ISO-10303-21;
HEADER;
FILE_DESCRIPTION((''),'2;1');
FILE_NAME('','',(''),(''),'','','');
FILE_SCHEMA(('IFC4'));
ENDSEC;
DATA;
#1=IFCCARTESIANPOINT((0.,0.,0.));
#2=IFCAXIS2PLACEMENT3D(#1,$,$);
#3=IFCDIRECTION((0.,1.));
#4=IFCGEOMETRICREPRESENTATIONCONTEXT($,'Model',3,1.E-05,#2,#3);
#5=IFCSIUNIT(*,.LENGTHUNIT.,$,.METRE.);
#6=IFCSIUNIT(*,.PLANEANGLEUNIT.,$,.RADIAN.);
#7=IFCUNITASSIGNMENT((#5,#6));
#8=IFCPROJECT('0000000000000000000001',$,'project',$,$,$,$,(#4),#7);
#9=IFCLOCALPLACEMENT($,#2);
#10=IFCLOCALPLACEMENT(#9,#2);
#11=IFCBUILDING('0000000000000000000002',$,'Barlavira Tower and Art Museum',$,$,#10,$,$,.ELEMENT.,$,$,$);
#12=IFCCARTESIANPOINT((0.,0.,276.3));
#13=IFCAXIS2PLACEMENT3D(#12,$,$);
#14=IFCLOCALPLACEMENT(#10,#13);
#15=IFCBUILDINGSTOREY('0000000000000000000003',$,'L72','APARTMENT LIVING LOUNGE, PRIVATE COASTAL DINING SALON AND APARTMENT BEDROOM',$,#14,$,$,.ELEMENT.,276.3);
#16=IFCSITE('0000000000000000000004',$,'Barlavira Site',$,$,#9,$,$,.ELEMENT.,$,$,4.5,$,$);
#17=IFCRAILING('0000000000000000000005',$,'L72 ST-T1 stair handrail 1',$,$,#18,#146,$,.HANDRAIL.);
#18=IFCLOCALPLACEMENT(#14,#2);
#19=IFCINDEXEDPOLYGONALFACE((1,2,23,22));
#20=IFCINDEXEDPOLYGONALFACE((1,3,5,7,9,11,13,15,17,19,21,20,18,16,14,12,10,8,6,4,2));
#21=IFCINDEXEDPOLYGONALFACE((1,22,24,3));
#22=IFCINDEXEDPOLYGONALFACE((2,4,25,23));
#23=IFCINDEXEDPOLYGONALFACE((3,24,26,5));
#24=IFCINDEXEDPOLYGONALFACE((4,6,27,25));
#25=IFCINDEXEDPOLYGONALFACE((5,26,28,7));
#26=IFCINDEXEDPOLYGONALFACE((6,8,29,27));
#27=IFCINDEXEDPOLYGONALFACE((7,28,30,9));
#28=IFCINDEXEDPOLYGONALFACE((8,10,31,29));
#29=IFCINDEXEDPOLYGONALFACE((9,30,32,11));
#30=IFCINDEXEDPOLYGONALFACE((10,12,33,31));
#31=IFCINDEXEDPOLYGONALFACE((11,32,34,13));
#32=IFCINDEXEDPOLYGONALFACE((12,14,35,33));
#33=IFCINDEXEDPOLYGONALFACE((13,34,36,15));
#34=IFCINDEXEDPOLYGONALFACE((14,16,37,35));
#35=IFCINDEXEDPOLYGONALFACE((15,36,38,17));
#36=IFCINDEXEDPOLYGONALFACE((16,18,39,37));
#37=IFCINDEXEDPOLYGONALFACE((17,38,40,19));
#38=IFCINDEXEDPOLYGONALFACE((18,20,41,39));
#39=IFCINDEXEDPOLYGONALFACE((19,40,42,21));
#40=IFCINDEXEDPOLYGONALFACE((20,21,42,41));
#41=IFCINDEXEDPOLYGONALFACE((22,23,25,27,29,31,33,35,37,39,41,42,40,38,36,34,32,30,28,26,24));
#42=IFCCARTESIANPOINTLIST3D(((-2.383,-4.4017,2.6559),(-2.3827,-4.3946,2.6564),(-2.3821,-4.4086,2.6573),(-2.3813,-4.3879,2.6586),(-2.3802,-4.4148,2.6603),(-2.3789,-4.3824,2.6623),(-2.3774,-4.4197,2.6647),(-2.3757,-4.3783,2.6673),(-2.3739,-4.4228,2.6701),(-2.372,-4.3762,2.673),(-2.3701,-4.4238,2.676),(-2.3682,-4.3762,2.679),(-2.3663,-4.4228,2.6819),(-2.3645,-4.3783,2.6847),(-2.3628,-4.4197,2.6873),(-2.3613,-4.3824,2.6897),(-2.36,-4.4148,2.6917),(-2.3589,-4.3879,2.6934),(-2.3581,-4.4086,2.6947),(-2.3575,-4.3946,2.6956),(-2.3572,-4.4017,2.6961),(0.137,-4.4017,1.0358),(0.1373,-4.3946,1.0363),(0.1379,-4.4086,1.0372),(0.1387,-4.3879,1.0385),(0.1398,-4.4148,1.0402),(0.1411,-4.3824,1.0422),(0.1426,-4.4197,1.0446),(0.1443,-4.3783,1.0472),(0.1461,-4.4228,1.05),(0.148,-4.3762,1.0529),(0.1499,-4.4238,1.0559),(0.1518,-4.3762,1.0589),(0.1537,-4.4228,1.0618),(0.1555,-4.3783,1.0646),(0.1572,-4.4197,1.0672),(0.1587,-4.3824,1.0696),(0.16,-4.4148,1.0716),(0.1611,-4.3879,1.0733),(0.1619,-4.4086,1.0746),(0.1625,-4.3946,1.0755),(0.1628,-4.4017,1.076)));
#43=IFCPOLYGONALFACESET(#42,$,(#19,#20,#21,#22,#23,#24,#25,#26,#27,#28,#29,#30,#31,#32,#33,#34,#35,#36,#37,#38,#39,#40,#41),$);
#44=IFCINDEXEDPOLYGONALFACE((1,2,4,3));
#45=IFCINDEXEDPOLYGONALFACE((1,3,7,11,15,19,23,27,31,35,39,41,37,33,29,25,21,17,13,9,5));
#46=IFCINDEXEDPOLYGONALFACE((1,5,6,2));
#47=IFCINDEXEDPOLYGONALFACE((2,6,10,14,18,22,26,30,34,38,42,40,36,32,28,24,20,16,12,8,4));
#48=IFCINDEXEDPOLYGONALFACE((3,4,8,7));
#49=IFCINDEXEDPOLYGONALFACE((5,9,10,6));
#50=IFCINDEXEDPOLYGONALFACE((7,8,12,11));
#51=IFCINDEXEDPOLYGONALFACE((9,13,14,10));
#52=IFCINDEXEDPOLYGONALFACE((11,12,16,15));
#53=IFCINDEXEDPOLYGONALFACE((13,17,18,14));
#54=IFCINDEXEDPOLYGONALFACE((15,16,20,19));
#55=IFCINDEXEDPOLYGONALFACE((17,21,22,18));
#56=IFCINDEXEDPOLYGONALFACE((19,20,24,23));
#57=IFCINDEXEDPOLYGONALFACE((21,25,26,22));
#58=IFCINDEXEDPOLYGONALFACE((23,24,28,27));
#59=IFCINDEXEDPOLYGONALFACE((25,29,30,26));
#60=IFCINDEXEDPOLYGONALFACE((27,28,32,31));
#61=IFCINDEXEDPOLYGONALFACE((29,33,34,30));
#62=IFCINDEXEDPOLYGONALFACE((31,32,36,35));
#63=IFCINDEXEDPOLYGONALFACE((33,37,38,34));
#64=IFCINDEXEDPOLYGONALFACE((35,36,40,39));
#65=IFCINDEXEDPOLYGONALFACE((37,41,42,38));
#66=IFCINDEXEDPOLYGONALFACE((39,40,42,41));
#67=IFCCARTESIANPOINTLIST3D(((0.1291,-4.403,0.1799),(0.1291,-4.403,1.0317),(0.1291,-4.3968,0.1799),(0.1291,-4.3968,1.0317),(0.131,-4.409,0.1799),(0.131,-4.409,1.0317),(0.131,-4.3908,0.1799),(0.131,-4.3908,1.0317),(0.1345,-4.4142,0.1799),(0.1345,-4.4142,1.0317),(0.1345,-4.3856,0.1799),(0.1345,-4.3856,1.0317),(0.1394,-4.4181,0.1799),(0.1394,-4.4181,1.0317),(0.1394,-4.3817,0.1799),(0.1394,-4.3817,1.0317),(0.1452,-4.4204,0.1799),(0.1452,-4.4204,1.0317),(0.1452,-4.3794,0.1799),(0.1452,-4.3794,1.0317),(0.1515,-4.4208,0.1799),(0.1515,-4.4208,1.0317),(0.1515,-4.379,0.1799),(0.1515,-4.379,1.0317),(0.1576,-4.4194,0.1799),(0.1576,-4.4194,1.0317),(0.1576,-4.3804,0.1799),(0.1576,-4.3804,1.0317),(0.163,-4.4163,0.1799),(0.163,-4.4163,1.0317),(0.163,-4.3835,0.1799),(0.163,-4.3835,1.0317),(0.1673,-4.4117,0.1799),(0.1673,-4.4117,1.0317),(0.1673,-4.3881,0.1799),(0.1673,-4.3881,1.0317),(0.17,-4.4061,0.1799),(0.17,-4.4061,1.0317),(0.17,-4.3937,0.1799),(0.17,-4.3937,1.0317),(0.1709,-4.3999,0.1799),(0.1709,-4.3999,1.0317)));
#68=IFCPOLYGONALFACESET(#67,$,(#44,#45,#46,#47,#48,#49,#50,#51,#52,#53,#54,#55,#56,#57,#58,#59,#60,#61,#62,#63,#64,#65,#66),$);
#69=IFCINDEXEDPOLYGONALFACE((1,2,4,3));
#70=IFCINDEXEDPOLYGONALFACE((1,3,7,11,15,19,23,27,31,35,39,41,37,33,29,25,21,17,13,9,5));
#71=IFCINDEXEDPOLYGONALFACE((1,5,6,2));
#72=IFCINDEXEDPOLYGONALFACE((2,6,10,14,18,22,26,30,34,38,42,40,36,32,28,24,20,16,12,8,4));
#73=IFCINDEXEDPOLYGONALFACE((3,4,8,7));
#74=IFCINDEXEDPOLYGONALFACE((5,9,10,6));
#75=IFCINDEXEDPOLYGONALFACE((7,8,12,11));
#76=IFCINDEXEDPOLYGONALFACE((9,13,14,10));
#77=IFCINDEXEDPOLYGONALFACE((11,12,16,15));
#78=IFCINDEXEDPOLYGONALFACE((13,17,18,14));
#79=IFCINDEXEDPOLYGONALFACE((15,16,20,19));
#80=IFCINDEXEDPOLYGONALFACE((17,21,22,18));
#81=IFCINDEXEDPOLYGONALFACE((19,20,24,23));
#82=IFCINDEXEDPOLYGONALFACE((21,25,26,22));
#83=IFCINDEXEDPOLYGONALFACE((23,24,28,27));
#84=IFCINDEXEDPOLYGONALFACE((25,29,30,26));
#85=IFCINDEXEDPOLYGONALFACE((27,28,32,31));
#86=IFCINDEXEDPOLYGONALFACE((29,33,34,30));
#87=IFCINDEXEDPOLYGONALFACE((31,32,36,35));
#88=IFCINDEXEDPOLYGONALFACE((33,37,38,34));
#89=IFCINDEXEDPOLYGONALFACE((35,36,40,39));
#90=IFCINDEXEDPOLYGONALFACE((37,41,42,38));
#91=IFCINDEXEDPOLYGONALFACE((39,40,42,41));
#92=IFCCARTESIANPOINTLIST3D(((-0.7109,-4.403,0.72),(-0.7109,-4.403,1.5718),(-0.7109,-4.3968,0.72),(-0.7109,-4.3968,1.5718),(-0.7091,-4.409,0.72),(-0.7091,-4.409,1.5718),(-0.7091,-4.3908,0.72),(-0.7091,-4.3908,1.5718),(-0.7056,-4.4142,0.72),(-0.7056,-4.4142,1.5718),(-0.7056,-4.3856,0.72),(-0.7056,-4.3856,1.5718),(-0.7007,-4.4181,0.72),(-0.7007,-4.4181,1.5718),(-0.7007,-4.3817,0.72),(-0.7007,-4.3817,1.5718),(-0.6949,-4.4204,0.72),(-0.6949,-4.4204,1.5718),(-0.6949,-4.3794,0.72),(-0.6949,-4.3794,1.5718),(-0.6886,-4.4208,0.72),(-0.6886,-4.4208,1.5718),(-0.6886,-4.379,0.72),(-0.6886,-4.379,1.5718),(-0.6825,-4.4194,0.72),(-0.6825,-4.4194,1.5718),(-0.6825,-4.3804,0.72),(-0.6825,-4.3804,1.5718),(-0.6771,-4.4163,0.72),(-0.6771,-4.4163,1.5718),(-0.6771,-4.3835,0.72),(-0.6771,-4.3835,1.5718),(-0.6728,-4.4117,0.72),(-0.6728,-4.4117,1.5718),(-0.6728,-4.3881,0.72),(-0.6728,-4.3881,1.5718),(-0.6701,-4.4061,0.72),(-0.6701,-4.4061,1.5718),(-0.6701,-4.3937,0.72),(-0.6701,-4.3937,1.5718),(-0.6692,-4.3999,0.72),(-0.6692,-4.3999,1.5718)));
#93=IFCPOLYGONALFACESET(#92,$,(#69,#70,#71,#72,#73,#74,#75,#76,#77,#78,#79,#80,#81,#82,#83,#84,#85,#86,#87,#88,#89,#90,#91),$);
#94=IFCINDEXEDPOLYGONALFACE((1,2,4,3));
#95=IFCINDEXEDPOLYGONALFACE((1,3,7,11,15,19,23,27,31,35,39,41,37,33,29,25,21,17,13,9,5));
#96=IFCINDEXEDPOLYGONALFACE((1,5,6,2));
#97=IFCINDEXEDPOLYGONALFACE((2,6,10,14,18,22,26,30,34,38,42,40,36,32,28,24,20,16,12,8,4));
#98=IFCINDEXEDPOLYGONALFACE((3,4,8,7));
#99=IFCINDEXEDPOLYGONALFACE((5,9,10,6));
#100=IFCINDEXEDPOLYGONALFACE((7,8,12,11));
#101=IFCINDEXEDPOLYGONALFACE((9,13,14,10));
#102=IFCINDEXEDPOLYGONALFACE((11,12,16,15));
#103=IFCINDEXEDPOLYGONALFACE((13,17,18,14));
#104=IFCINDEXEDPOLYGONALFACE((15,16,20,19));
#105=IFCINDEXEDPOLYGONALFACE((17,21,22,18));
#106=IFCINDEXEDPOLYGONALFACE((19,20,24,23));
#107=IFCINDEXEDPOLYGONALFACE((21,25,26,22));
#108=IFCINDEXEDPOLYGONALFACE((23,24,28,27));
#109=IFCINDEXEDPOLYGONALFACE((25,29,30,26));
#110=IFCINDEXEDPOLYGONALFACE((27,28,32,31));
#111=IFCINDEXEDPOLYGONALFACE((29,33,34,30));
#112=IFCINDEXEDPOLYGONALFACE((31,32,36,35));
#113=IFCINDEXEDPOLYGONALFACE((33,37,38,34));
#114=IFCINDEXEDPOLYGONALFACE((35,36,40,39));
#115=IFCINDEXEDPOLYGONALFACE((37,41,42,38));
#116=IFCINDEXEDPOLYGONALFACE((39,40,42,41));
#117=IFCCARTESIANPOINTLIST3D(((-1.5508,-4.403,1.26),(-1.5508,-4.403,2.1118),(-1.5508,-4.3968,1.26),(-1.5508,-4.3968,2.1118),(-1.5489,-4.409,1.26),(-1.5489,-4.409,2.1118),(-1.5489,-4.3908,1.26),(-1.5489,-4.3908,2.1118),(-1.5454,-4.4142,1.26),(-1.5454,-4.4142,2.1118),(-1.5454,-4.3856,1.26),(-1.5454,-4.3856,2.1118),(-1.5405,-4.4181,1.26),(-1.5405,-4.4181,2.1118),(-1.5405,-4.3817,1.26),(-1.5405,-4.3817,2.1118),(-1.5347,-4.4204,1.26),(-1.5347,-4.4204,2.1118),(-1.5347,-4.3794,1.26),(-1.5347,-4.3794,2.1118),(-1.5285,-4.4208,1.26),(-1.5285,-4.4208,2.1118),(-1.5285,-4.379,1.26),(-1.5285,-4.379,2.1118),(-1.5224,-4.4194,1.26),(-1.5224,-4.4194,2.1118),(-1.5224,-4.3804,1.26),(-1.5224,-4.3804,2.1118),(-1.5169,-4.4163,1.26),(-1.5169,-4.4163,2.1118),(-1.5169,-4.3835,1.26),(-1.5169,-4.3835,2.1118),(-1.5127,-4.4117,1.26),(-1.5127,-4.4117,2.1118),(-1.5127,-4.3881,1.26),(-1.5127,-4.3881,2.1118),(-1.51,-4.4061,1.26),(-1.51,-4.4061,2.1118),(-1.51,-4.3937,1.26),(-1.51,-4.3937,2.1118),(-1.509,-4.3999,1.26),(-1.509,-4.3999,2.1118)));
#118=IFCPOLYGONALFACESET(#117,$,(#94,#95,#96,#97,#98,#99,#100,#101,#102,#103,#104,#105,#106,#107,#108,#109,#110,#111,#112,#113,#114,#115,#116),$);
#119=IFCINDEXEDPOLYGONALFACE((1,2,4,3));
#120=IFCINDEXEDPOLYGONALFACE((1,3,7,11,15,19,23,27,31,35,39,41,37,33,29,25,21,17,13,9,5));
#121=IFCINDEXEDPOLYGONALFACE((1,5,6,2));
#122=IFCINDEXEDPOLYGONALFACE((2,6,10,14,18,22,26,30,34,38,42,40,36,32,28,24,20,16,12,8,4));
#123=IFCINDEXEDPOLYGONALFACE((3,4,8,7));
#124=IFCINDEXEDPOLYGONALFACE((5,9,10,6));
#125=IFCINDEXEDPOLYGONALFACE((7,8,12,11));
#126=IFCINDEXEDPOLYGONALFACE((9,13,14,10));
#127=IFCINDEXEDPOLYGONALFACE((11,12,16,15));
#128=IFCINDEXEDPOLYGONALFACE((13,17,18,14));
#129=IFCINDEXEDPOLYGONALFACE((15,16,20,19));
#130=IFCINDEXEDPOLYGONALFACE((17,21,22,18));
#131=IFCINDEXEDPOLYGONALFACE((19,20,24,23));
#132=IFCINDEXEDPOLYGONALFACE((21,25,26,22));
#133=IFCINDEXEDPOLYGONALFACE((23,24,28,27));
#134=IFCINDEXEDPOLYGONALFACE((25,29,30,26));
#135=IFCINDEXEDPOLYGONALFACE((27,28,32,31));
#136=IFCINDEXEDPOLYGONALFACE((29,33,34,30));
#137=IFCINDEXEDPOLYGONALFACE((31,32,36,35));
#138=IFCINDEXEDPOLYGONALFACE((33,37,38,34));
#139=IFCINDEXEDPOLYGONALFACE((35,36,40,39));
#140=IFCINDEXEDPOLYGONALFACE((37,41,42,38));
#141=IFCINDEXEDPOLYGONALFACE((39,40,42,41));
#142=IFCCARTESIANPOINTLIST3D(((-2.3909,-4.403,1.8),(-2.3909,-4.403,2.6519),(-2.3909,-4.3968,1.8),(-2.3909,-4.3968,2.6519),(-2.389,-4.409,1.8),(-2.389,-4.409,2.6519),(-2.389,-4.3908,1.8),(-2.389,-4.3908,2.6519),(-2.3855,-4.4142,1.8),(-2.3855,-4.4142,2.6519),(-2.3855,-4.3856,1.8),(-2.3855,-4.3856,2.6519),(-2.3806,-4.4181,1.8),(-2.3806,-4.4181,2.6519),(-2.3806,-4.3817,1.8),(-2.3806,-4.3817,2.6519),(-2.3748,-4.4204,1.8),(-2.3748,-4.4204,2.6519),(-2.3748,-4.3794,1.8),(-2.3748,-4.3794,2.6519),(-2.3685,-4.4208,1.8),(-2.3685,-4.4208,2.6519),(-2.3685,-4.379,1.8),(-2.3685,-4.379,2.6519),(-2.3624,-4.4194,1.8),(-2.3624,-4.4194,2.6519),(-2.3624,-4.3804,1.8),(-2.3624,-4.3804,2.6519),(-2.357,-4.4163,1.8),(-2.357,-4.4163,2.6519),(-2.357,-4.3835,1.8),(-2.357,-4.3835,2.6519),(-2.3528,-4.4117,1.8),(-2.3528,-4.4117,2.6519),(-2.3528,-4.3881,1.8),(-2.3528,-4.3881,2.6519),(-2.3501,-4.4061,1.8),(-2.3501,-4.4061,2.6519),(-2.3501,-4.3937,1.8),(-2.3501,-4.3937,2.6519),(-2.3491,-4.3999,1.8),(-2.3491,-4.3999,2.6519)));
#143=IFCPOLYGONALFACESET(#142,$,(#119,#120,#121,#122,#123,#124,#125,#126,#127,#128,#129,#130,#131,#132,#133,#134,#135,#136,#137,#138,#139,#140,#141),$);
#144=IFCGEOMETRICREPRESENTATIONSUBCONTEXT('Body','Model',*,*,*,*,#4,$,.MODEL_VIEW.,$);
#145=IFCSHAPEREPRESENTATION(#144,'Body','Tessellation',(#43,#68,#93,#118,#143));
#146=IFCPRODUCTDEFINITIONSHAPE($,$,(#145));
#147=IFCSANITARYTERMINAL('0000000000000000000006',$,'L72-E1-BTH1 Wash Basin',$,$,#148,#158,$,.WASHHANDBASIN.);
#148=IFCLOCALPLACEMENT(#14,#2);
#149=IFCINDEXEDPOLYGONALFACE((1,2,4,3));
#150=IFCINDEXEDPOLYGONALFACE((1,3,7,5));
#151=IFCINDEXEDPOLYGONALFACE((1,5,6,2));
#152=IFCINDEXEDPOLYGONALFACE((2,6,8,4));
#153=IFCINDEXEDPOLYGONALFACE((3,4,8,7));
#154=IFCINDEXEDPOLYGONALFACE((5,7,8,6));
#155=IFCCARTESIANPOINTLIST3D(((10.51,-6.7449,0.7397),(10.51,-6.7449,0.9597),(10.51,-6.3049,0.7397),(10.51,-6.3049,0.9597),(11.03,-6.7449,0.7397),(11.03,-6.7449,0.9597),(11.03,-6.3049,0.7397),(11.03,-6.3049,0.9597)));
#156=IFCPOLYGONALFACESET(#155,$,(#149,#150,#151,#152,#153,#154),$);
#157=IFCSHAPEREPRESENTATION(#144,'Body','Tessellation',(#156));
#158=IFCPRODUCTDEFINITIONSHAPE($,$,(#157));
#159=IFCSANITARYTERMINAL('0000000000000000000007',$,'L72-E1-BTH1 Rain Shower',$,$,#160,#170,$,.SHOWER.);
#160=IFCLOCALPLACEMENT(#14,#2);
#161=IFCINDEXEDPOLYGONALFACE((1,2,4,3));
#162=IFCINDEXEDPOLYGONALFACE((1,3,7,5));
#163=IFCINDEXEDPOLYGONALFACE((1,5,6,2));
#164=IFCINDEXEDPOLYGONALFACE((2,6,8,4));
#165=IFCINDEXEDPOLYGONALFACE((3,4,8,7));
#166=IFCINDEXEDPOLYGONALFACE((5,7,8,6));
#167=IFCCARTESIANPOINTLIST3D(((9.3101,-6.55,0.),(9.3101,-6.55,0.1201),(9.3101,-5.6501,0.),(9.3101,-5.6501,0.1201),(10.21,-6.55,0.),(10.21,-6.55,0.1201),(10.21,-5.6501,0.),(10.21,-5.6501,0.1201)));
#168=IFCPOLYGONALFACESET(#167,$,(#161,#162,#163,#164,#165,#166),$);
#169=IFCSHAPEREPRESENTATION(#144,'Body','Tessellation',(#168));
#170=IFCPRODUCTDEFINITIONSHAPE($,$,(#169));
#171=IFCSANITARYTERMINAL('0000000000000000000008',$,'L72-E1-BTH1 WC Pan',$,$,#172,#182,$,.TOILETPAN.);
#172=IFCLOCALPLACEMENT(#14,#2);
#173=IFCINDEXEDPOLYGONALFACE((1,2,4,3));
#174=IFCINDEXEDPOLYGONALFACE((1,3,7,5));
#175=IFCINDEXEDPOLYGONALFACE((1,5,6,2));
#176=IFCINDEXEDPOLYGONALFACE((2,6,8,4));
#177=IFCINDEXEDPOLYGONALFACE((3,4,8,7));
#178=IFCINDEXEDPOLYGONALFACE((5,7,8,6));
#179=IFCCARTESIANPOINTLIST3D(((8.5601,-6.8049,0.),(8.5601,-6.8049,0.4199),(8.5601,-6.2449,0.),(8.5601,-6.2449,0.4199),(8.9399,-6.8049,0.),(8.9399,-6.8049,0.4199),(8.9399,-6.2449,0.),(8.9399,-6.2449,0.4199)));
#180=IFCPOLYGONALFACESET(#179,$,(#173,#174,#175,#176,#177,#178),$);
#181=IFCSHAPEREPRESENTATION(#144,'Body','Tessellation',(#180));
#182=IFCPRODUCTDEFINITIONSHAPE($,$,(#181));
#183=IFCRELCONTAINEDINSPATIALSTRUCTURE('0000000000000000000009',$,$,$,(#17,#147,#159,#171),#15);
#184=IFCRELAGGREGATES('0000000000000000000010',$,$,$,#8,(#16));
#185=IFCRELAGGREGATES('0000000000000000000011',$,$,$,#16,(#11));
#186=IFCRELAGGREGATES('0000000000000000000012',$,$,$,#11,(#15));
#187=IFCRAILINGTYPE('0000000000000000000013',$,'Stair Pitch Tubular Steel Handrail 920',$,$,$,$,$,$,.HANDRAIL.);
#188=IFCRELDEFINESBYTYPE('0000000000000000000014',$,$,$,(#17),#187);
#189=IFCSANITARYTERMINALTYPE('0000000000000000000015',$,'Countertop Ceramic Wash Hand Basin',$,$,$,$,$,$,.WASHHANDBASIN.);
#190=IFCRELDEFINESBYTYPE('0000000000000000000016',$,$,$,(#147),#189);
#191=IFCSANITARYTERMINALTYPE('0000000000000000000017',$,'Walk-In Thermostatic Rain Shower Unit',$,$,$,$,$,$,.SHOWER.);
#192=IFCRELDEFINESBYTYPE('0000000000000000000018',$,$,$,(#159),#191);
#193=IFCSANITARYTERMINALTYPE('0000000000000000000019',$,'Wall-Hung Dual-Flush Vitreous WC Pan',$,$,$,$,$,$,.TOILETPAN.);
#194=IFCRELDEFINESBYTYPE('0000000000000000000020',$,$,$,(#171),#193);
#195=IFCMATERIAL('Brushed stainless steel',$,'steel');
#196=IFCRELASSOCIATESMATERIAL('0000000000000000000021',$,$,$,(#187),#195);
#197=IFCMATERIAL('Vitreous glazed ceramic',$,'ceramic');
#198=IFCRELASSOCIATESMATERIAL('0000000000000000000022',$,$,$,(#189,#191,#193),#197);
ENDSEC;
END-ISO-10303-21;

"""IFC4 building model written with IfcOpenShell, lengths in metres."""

from ifc_helpers import new_model, si_unit, direction, frame, origin, origin_2d, place, context, subcontext, project, spatial, rectangle, circle, extrude, material, type_object, element, save


model = new_model("IFC4")

# Units and contexts
model_context = context("Model", 3, precision=1e-05, world=origin(), true_north=direction((0.0, 1.0)))
body_context = subcontext(model_context, "Body", "Model", "MODEL_VIEW")
ifc_project = project(units=[si_unit("LENGTHUNIT", "METRE"), si_unit("PLANEANGLEUNIT", "RADIAN")], contexts=[model_context])

# Site, building, storey
site_placement = place(None, origin())
site = spatial("IfcSite", under=ifc_project, at=site_placement, Name="Barlavira Site", CompositionType="ELEMENT", RefElevation=4.5)
building_placement = place(site_placement, origin())
building = spatial("IfcBuilding", under=site, at=building_placement, Name="Barlavira Tower and Art Museum", CompositionType="ELEMENT")
storey_placement = place(building_placement, frame((0.0, 0.0, 276.3)))
storey = spatial("IfcBuildingStorey", under=building, at=storey_placement, Name="L72", Description="APARTMENT LIVING LOUNGE, PRIVATE COASTAL DINING SALON AND APARTMENT BEDROOM", CompositionType="ELEMENT", Elevation=276.3)

# Shared definitions
ifc_material_1 = material(Name="Brushed stainless steel", Category="steel")

# Railing
railing_type_1 = type_object("IfcRailingType", Name="Stair Pitch Tubular Steel Handrail 920", PredefinedType="HANDRAIL", material=ifc_material_1)
railing_1_placement = place(storey_placement, frame((0.1499, -4.3999, 0.1799)))
element("IfcRailing", 1, at=railing_1_placement, inside=storey, type_object=railing_type_1, Name="L72 ST-T1 stair handrail 1", PredefinedType="HANDRAIL", context=body_context, shape_type="SweptSolid", body=[
    extrude(circle(Radius=0.0239, at=origin_2d()), frame((0.0, 0.0, 0.876), z_axis=(-0.841163, 0.0, 0.540782), x_axis=(0.0, -1.0, 0.0)), (0.0, 0.0, 1.0), 2.9958),
    extrude(circle(Radius=0.021, at=origin_2d()), origin(), (0.0, 0.0, 1.0), 0.8518),
    extrude(circle(Radius=0.021, at=origin_2d()), frame((-0.8401, 0.0, 0.54)), (0.0, 0.0, 1.0), 0.8518),
    extrude(circle(Radius=0.021, at=origin_2d()), frame((-1.6799, 0.0, 1.0801)), (0.0, 0.0, 1.0), 0.8518),
    extrude(circle(Radius=0.021, at=origin_2d()), frame((-2.52, 0.0, 1.6201)), (0.0, 0.0, 1.0), 0.8518),
])

# Sanitary terminals
ifc_material_2 = material(Name="Vitreous glazed ceramic", Category="ceramic")
sanitary_terminal_type_1 = type_object("IfcSanitaryTerminalType", Name="Countertop Ceramic Wash Hand Basin", PredefinedType="WASHHANDBASIN", material=ifc_material_2)
sanitary_terminal_1_placement = place(storey_placement, frame((10.77, -6.5249, 0.7397), z_axis=(0.0, 0.0, 1.0), x_axis=(1.0, 0.0, 0.0)))
element("IfcSanitaryTerminal", 2, at=sanitary_terminal_1_placement, inside=storey, type_object=sanitary_terminal_type_1, Name="L72-E1-BTH1 Wash Basin", PredefinedType="WASHHANDBASIN", context=body_context, shape_type="SweptSolid", body=[
    extrude(rectangle(XDim=0.52, YDim=0.4399, at=origin_2d()), origin(), (0.0, 0.0, 1.0), 0.22),
])
sanitary_terminal_type_2 = type_object("IfcSanitaryTerminalType", Name="Walk-In Thermostatic Rain Shower Unit", PredefinedType="SHOWER", material=ifc_material_2)
sanitary_terminal_2_placement = place(storey_placement, frame((9.76, -6.1001, 0.0), z_axis=(0.0, 0.0, 1.0), x_axis=(1.0, 0.0, 0.0)))
element("IfcSanitaryTerminal", 3, at=sanitary_terminal_2_placement, inside=storey, type_object=sanitary_terminal_type_2, Name="L72-E1-BTH1 Rain Shower", PredefinedType="SHOWER", context=body_context, shape_type="SweptSolid", body=[
    extrude(rectangle(XDim=0.8999, YDim=0.8999, at=origin_2d()), origin(), (0.0, 0.0, 1.0), 0.1201),
])
sanitary_terminal_type_3 = type_object("IfcSanitaryTerminalType", Name="Wall-Hung Dual-Flush Vitreous WC Pan", PredefinedType="TOILETPAN", material=ifc_material_2)
sanitary_terminal_3_placement = place(storey_placement, frame((8.75, -6.5249, 0.0), z_axis=(0.0, 0.0, 1.0), x_axis=(1.0, 0.0, 0.0)))
element("IfcSanitaryTerminal", 4, at=sanitary_terminal_3_placement, inside=storey, type_object=sanitary_terminal_type_3, Name="L72-E1-BTH1 WC Pan", PredefinedType="TOILETPAN", context=body_context, shape_type="SweptSolid", body=[
    extrude(rectangle(XDim=0.3799, YDim=0.5601, at=origin_2d()), origin(), (0.0, 0.0, 1.0), 0.4199),
])

save(model, "model.ifc")
